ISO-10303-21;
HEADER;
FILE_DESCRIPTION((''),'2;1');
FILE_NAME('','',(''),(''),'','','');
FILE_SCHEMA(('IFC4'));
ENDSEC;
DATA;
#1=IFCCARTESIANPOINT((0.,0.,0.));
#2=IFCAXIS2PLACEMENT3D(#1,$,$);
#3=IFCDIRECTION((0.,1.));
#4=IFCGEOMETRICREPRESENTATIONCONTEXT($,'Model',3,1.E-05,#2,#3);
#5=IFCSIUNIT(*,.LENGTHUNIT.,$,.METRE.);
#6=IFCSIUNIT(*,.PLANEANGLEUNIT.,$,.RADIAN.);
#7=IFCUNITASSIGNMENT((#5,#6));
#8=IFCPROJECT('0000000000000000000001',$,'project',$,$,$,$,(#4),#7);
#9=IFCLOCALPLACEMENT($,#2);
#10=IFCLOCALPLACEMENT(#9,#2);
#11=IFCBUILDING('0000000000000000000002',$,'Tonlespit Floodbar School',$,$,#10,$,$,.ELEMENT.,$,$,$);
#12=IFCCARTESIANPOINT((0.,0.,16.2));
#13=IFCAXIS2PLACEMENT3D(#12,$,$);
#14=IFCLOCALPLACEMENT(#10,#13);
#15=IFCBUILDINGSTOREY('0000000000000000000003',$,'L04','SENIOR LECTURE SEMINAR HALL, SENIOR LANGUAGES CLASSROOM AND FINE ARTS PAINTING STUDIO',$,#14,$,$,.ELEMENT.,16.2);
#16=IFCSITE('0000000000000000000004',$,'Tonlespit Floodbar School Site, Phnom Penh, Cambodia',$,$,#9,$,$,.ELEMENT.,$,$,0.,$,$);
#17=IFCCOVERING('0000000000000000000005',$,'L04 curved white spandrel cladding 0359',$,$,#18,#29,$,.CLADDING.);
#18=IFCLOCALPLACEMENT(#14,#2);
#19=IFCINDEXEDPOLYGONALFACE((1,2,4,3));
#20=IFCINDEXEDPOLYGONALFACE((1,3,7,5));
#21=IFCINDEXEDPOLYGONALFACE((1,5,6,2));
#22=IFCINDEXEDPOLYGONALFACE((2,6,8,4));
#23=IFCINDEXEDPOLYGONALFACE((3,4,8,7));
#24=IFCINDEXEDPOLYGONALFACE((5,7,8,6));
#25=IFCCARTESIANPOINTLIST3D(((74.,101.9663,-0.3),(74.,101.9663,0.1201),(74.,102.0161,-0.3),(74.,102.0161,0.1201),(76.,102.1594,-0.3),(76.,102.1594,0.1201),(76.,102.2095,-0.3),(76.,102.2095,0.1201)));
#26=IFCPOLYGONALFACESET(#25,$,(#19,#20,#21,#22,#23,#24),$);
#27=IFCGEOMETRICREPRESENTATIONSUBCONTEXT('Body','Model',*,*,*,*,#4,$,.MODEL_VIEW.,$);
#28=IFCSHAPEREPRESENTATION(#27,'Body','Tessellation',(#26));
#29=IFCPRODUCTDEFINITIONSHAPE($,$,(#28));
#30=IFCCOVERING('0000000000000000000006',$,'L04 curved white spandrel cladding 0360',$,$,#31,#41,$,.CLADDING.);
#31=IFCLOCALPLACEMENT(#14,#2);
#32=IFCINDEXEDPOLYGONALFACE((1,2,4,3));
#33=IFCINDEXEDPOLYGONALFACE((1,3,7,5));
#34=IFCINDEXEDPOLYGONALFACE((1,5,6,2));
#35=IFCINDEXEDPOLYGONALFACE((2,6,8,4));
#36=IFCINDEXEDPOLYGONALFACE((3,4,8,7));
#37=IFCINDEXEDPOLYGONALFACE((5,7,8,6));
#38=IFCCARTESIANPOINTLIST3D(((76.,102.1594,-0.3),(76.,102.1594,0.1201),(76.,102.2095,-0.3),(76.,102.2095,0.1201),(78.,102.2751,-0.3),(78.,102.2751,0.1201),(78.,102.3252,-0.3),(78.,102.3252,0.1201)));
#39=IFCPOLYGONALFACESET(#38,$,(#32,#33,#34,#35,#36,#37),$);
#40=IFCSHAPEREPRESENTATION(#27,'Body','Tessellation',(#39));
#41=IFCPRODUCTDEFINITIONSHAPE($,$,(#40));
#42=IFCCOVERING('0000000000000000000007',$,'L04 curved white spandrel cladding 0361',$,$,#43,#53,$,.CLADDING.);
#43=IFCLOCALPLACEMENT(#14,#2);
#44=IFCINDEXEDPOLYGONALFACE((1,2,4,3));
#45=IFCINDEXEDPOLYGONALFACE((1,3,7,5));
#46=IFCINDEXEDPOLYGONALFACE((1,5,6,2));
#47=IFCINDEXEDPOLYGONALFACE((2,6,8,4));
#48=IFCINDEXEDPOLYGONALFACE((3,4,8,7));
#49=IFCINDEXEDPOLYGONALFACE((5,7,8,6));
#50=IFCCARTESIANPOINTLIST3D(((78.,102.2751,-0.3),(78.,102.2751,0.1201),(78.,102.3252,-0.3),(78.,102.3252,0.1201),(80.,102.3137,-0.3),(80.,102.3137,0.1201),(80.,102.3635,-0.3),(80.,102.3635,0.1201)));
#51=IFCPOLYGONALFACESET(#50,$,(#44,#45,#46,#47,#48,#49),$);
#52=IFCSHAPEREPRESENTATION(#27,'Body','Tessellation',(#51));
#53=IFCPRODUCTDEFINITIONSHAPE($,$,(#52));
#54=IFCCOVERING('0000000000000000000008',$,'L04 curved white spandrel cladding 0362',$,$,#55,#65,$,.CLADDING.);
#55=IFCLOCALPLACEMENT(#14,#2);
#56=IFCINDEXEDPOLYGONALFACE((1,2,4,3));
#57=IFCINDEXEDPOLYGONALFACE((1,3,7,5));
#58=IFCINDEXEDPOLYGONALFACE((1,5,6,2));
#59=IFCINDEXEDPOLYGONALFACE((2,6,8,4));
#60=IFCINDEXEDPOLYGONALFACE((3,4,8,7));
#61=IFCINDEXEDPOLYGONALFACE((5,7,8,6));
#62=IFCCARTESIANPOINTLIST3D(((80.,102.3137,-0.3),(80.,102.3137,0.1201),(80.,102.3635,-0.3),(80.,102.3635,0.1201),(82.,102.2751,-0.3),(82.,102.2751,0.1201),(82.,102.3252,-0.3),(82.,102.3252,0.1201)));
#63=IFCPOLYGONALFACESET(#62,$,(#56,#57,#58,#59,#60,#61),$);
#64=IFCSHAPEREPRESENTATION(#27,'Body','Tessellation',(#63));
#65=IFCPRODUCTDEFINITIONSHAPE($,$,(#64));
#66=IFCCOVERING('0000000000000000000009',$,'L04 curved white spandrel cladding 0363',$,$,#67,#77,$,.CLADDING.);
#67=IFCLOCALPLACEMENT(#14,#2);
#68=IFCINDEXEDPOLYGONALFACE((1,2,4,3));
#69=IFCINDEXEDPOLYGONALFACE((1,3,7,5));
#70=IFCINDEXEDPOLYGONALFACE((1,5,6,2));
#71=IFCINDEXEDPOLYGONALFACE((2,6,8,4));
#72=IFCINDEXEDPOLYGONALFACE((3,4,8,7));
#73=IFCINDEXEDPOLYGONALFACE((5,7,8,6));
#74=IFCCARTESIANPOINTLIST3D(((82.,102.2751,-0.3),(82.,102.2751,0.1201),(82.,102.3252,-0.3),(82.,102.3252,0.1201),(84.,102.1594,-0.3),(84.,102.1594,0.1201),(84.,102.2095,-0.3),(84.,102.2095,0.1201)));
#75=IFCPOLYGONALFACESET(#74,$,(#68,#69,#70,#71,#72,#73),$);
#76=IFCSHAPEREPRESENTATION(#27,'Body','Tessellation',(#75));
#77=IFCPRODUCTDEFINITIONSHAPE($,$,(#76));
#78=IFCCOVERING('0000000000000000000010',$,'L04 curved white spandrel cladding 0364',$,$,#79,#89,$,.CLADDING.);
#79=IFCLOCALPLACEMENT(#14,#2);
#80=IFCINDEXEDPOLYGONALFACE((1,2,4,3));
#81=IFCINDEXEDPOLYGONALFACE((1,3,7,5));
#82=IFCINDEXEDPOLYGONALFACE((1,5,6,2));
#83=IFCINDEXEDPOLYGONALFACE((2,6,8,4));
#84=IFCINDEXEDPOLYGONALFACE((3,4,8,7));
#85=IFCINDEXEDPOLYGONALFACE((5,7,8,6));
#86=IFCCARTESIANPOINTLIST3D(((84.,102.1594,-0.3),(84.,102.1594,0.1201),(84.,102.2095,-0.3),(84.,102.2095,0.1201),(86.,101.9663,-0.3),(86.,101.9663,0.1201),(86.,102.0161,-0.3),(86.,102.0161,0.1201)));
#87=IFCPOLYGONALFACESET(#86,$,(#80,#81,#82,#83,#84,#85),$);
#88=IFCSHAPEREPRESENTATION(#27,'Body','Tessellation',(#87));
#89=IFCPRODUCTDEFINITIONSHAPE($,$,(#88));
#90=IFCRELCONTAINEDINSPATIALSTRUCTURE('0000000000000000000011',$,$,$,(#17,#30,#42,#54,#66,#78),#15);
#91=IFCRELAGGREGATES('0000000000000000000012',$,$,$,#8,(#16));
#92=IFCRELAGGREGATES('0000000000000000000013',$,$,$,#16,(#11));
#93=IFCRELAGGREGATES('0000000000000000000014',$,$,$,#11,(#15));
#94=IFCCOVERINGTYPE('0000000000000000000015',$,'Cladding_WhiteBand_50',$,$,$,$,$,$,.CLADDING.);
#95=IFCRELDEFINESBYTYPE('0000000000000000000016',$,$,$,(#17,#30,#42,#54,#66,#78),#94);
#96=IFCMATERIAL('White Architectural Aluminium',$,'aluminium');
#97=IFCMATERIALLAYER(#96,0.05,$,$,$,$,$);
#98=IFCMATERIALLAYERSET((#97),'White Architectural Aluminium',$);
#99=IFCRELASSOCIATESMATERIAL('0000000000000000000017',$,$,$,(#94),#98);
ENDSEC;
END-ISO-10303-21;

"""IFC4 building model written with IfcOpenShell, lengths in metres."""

from ifc_helpers import new_model, si_unit, direction, frame, origin, place, context, subcontext, project, spatial, polyline, outline, extrude, material, layer, layer_set, type_object, element, save


model = new_model("IFC4")

# Units and contexts
model_context = context("Model", 3, precision=1e-05, world=origin(), true_north=direction((0.0, 1.0)))
body_context = subcontext(model_context, "Body", "Model", "MODEL_VIEW")
ifc_project = project(units=[si_unit("LENGTHUNIT", "METRE"), si_unit("PLANEANGLEUNIT", "RADIAN")], contexts=[model_context])

# Site, building, storey
site_placement = place(None, origin())
site = spatial("IfcSite", under=ifc_project, at=site_placement, Name="Tonlespit Floodbar School Site, Phnom Penh, Cambodia", CompositionType="ELEMENT", RefElevation=0.0)
building_placement = place(site_placement, origin())
building = spatial("IfcBuilding", under=site, at=building_placement, Name="Tonlespit Floodbar School", CompositionType="ELEMENT")
storey_placement = place(building_placement, frame((0.0, 0.0, 16.2)))
storey = spatial("IfcBuildingStorey", under=building, at=storey_placement, Name="L04", Description="SENIOR LECTURE SEMINAR HALL, SENIOR LANGUAGES CLASSROOM AND FINE ARTS PAINTING STUDIO", CompositionType="ELEMENT", Elevation=16.2)

# Coverings
ifc_material = material(Name="White Architectural Aluminium", Category="aluminium")
ifc_layer = layer(ifc_material, 0.05)
ifc_layer_set = layer_set([ifc_layer], Name="White Architectural Aluminium")
covering_type = type_object("IfcCoveringType", Name="Cladding_WhiteBand_50", PredefinedType="CLADDING", material=ifc_layer_set)
covering_1_placement = place(storey_placement, frame((0.0, 0.0, -0.3)))
element("IfcCovering", 1, at=covering_1_placement, inside=storey, type_object=covering_type, Name="L04 curved white spandrel cladding 0359", PredefinedType="CLADDING", context=body_context, shape_type="SweptSolid", body=[
    extrude(outline(polyline([(74.0, 102.0161), (76.0, 102.2095), (76.0, 102.1594), (74.0, 101.9663), (74.0, 102.0161)])), origin(), (0.0, 0.0, 1.0), 0.4202),
])
covering_2_placement = place(storey_placement, frame((0.0, 0.0, -0.3)))
element("IfcCovering", 2, at=covering_2_placement, inside=storey, type_object=covering_type, Name="L04 curved white spandrel cladding 0360", PredefinedType="CLADDING", context=body_context, shape_type="SweptSolid", body=[
    extrude(outline(polyline([(76.0, 102.2095), (78.0, 102.3252), (78.0, 102.2751), (76.0, 102.1594), (76.0, 102.2095)])), origin(), (0.0, 0.0, 1.0), 0.4202),
])
covering_3_placement = place(storey_placement, frame((0.0, 0.0, -0.3)))
element("IfcCovering", 3, at=covering_3_placement, inside=storey, type_object=covering_type, Name="L04 curved white spandrel cladding 0361", PredefinedType="CLADDING", context=body_context, shape_type="SweptSolid", body=[
    extrude(outline(polyline([(78.0, 102.3252), (80.0, 102.3635), (80.0, 102.3137), (78.0, 102.2751), (78.0, 102.3252)])), origin(), (0.0, 0.0, 1.0), 0.4202),
])
covering_4_placement = place(storey_placement, frame((0.0, 0.0, -0.3)))
element("IfcCovering", 4, at=covering_4_placement, inside=storey, type_object=covering_type, Name="L04 curved white spandrel cladding 0362", PredefinedType="CLADDING", context=body_context, shape_type="SweptSolid", body=[
    extrude(outline(polyline([(80.0, 102.3635), (82.0, 102.3252), (82.0, 102.2751), (80.0, 102.3137), (80.0, 102.3635)])), origin(), (0.0, 0.0, 1.0), 0.4202),
])
covering_5_placement = place(storey_placement, frame((0.0, 0.0, -0.3)))
element("IfcCovering", 5, at=covering_5_placement, inside=storey, type_object=covering_type, Name="L04 curved white spandrel cladding 0363", PredefinedType="CLADDING", context=body_context, shape_type="SweptSolid", body=[
    extrude(outline(polyline([(82.0, 102.3252), (84.0, 102.2095), (84.0, 102.1594), (82.0, 102.2751), (82.0, 102.3252)])), origin(), (0.0, 0.0, 1.0), 0.4202),
])
covering_6_placement = place(storey_placement, frame((0.0, 0.0, -0.3)))
element("IfcCovering", 6, at=covering_6_placement, inside=storey, type_object=covering_type, Name="L04 curved white spandrel cladding 0364", PredefinedType="CLADDING", context=body_context, shape_type="SweptSolid", body=[
    extrude(outline(polyline([(84.0, 102.2095), (86.0, 102.0161), (86.0, 101.9663), (84.0, 102.1594), (84.0, 102.2095)])), origin(), (0.0, 0.0, 1.0), 0.4202),
])

save(model, "model.ifc")
